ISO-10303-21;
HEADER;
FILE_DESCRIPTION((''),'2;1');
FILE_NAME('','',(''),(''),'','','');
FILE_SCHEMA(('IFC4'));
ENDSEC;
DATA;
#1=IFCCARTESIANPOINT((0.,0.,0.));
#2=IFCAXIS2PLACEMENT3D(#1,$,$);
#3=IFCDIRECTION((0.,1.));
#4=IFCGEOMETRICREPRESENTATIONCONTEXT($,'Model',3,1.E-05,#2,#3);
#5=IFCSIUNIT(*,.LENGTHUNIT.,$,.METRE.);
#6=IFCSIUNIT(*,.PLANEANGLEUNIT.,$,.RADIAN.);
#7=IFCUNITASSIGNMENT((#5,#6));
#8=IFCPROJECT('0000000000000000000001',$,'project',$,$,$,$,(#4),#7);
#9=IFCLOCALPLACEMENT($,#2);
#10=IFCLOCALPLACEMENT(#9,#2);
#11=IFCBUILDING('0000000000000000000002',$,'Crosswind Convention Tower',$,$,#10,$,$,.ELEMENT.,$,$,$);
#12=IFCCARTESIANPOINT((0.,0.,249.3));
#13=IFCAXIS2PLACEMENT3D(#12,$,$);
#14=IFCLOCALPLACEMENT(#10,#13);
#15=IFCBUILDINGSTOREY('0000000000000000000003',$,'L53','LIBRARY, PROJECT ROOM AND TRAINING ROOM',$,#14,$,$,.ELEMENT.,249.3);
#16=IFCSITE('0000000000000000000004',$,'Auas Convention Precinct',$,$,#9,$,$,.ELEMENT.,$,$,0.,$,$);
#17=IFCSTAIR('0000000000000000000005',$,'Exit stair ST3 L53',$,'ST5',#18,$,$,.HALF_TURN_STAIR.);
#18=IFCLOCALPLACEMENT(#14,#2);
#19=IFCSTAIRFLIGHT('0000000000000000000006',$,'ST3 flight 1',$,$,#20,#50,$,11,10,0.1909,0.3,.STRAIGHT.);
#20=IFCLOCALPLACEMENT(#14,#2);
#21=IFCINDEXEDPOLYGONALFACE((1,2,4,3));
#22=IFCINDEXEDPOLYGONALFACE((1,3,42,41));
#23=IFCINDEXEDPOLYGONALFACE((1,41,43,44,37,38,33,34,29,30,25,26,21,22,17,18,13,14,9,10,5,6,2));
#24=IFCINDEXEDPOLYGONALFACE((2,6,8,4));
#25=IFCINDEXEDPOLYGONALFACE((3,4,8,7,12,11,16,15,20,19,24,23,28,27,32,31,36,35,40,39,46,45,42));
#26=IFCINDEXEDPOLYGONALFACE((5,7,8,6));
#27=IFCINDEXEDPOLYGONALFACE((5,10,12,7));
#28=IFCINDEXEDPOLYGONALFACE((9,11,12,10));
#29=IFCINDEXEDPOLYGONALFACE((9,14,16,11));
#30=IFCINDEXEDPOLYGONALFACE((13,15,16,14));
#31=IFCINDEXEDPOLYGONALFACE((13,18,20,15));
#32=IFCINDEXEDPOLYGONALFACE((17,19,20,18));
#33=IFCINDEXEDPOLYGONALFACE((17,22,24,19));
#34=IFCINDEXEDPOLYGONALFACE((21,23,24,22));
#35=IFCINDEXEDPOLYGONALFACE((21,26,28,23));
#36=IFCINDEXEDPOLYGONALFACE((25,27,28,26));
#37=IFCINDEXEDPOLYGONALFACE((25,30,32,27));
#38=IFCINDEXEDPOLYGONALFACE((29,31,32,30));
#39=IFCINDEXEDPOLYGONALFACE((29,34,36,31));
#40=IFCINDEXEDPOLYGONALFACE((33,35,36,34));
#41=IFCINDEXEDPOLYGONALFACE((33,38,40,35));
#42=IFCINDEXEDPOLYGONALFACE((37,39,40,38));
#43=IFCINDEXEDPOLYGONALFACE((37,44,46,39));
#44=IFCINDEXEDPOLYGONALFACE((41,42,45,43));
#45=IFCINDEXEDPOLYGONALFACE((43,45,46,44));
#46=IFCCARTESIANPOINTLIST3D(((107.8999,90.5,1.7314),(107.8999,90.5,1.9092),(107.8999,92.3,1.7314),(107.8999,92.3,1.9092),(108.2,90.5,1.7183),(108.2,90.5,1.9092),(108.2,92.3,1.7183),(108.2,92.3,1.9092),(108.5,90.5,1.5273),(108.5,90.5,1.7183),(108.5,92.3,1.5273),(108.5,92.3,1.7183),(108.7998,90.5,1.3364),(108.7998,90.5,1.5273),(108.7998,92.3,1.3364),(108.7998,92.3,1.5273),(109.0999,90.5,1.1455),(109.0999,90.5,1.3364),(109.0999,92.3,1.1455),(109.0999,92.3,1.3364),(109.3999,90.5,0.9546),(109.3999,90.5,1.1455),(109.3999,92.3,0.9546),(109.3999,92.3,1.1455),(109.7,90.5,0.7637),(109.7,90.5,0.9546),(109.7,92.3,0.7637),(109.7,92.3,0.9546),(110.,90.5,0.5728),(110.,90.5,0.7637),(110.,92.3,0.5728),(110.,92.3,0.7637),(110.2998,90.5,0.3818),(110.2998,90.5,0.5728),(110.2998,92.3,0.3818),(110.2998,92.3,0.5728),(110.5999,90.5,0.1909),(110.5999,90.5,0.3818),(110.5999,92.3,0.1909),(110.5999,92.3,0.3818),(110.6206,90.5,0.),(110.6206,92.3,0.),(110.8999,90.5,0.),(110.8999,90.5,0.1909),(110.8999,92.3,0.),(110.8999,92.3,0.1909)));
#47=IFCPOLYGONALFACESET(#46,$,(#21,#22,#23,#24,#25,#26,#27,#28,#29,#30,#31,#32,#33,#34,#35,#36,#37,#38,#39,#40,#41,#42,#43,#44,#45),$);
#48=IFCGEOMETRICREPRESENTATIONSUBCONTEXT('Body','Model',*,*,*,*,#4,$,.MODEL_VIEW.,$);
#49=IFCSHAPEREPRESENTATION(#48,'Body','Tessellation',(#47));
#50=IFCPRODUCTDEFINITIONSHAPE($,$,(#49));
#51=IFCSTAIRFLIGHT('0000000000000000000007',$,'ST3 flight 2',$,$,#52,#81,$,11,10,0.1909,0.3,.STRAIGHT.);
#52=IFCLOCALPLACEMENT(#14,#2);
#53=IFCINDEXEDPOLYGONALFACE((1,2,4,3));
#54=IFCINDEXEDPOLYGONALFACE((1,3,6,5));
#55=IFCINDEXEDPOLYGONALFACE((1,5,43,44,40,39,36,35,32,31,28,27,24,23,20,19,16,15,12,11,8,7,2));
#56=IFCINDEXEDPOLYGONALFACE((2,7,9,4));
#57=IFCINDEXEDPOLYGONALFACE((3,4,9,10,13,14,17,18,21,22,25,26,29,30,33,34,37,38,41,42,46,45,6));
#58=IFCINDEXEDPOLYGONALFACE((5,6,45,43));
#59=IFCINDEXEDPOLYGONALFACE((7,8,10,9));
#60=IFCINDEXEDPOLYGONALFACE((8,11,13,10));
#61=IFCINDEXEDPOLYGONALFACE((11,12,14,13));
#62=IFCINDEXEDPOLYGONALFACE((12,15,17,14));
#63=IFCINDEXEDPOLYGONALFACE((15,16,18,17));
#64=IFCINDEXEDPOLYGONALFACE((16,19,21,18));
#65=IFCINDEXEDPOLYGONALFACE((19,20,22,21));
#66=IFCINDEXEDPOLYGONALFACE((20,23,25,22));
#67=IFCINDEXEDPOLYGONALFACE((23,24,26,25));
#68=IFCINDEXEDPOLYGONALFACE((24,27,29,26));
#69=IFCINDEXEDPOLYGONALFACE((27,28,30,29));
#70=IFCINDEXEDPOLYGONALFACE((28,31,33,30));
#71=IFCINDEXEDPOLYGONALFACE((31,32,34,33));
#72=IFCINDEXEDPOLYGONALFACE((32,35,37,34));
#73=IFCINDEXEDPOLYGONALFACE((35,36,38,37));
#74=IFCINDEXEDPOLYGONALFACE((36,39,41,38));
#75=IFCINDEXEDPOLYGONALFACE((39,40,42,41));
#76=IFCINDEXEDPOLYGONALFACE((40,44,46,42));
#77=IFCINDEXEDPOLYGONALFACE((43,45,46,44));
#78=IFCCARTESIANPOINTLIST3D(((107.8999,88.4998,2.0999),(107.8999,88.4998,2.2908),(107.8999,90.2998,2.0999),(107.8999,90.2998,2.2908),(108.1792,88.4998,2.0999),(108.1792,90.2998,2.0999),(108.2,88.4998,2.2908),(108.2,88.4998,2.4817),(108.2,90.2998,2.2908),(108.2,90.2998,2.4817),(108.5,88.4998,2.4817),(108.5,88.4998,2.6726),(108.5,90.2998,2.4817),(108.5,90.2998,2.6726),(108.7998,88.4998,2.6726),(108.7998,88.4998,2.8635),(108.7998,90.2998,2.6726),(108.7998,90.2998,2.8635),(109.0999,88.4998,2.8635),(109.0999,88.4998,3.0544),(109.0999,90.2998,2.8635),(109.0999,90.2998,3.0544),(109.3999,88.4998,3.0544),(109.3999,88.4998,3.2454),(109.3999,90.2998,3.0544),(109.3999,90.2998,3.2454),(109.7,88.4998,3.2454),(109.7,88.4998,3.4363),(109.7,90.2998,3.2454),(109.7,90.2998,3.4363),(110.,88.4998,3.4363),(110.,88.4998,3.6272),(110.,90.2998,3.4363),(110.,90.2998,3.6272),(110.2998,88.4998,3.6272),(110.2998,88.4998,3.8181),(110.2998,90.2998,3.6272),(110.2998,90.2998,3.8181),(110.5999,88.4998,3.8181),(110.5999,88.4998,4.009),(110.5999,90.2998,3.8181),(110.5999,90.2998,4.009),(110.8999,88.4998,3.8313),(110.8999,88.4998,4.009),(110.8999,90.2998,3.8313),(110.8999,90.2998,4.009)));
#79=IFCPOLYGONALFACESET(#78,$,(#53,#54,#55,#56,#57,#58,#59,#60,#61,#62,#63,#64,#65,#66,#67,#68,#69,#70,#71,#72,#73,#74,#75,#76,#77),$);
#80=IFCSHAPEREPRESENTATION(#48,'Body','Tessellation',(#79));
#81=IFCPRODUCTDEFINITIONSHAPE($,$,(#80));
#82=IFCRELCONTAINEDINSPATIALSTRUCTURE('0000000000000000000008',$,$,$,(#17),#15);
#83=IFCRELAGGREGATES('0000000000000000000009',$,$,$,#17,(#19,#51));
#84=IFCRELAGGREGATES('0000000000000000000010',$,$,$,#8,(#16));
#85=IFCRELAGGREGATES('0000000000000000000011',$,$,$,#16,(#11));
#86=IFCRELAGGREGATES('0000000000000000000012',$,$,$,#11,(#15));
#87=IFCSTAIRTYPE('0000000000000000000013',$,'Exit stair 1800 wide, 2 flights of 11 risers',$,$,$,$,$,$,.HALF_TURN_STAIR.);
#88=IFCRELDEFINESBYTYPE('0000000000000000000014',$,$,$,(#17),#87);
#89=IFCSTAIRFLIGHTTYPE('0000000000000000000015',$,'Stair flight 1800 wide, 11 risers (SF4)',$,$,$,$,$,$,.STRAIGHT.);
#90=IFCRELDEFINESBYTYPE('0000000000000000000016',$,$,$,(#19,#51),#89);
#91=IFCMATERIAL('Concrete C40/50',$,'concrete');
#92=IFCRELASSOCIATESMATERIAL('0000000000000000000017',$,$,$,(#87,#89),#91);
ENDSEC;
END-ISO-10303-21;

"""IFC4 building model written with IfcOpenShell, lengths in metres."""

from ifc_helpers import new_model, si_unit, direction, frame, origin, place, context, subcontext, project, spatial, polyline, outline, extrude, material, type_object, element, aggregate, save


model = new_model("IFC4")

# Units and contexts
model_context = context("Model", 3, precision=1e-05, world=origin(), true_north=direction((0.0, 1.0)))
body_context = subcontext(model_context, "Body", "Model", "MODEL_VIEW")
ifc_project = project(units=[si_unit("LENGTHUNIT", "METRE"), si_unit("PLANEANGLEUNIT", "RADIAN")], contexts=[model_context])

# Site, building, storey
site_placement = place(None, origin())
site = spatial("IfcSite", under=ifc_project, at=site_placement, Name="Auas Convention Precinct", CompositionType="ELEMENT", RefElevation=0.0)
building_placement = place(site_placement, origin())
building = spatial("IfcBuilding", under=site, at=building_placement, Name="Crosswind Convention Tower", CompositionType="ELEMENT")
storey_placement = place(building_placement, frame((0.0, 0.0, 249.3)))
storey = spatial("IfcBuildingStorey", under=building, at=storey_placement, Name="L53", Description="LIBRARY, PROJECT ROOM AND TRAINING ROOM", CompositionType="ELEMENT", Elevation=249.3)

# Shared definitions
ifc_material_1 = material(Name="Concrete C40/50", Category="concrete")

# Stair
stair_type = type_object("IfcStairType", Name="Exit stair 1800 wide, 2 flights of 11 risers", PredefinedType="HALF_TURN_STAIR", material=ifc_material_1)
stair_1_placement = place(storey_placement, origin())
stair_1 = element("IfcStair", 1, at=stair_1_placement, inside=storey, type_object=stair_type, Name="Exit stair ST3 L53", ObjectType="ST5", PredefinedType="HALF_TURN_STAIR")

# Stair flights
stair_flight_type = type_object("IfcStairFlightType", Name="Stair flight 1800 wide, 11 risers (SF4)", PredefinedType="STRAIGHT", material=ifc_material_1)
stair_flight_1_placement = place(storey_placement, frame((110.8999, 91.3999, 0.0), z_axis=(0.0, 0.0, 1.0), x_axis=(-1.0, 0.0, 0.0)))
stair_flight_1 = element("IfcStairFlight", 2, at=stair_flight_1_placement, type_object=stair_flight_type, Name="ST3 flight 1", NumberOfRisers=11, NumberOfTreads=10, PredefinedType="STRAIGHT", RiserHeight=0.1909, TreadLength=0.3, context=body_context, shape_type="SweptSolid", body=[
    extrude(outline(polyline([(0.0, 0.0), (0.0, 0.1909), (0.3, 0.1909), (0.3, 0.3818), (0.6001, 0.3818), (0.6001, 0.5728), (0.8999, 0.5728), (0.8999, 0.7637), (1.2, 0.7637), (1.2, 0.9546), (1.5, 0.9546), (1.5, 1.1455), (1.8, 1.1455), (1.8, 1.3364), (2.1001, 1.3364), (2.1001, 1.5273), (2.3999, 1.5273), (2.3999, 1.7183), (2.7, 1.7183), (2.7, 1.9092), (3.0, 1.9092), (3.0, 2.1001), (3.0, 1.7314), (0.2793, 0.0), (0.0, 0.0)])), frame((0.0, 0.8999, 0.0), z_axis=(0.0, -1.0, 0.0), x_axis=(1.0, 0.0, 0.0)), (0.0, 0.0, 1.0), 1.8),
])
stair_flight_2_placement = place(storey_placement, frame((107.8999, 89.3999, 2.0999), z_axis=(0.0, 0.0, 1.0), x_axis=(1.0, 0.0, 0.0)))
stair_flight_2 = element("IfcStairFlight", 3, at=stair_flight_2_placement, type_object=stair_flight_type, Name="ST3 flight 2", NumberOfRisers=11, NumberOfTreads=10, PredefinedType="STRAIGHT", RiserHeight=0.1909, TreadLength=0.3, context=body_context, shape_type="SweptSolid", body=[
    extrude(outline(polyline([(0.0, 0.0), (0.0, 0.1909), (0.3, 0.1909), (0.3, 0.3818), (0.6001, 0.3818), (0.6001, 0.5728), (0.8999, 0.5728), (0.8999, 0.7637), (1.2, 0.7637), (1.2, 0.9546), (1.5, 0.9546), (1.5, 1.1455), (1.8, 1.1455), (1.8, 1.3364), (2.1001, 1.3364), (2.1001, 1.5273), (2.3999, 1.5273), (2.3999, 1.7183), (2.7, 1.7183), (2.7, 1.9092), (3.0, 1.9092), (3.0, 2.1001), (3.0, 1.7314), (0.2793, 0.0), (0.0, 0.0)])), frame((0.0, 0.8999, 0.0), z_axis=(0.0, -1.0, 0.0), x_axis=(1.0, 0.0, 0.0)), (0.0, 0.0, 1.0), 1.8),
])
aggregate(stair_1, [stair_flight_1, stair_flight_2])

save(model, "model.ifc")
